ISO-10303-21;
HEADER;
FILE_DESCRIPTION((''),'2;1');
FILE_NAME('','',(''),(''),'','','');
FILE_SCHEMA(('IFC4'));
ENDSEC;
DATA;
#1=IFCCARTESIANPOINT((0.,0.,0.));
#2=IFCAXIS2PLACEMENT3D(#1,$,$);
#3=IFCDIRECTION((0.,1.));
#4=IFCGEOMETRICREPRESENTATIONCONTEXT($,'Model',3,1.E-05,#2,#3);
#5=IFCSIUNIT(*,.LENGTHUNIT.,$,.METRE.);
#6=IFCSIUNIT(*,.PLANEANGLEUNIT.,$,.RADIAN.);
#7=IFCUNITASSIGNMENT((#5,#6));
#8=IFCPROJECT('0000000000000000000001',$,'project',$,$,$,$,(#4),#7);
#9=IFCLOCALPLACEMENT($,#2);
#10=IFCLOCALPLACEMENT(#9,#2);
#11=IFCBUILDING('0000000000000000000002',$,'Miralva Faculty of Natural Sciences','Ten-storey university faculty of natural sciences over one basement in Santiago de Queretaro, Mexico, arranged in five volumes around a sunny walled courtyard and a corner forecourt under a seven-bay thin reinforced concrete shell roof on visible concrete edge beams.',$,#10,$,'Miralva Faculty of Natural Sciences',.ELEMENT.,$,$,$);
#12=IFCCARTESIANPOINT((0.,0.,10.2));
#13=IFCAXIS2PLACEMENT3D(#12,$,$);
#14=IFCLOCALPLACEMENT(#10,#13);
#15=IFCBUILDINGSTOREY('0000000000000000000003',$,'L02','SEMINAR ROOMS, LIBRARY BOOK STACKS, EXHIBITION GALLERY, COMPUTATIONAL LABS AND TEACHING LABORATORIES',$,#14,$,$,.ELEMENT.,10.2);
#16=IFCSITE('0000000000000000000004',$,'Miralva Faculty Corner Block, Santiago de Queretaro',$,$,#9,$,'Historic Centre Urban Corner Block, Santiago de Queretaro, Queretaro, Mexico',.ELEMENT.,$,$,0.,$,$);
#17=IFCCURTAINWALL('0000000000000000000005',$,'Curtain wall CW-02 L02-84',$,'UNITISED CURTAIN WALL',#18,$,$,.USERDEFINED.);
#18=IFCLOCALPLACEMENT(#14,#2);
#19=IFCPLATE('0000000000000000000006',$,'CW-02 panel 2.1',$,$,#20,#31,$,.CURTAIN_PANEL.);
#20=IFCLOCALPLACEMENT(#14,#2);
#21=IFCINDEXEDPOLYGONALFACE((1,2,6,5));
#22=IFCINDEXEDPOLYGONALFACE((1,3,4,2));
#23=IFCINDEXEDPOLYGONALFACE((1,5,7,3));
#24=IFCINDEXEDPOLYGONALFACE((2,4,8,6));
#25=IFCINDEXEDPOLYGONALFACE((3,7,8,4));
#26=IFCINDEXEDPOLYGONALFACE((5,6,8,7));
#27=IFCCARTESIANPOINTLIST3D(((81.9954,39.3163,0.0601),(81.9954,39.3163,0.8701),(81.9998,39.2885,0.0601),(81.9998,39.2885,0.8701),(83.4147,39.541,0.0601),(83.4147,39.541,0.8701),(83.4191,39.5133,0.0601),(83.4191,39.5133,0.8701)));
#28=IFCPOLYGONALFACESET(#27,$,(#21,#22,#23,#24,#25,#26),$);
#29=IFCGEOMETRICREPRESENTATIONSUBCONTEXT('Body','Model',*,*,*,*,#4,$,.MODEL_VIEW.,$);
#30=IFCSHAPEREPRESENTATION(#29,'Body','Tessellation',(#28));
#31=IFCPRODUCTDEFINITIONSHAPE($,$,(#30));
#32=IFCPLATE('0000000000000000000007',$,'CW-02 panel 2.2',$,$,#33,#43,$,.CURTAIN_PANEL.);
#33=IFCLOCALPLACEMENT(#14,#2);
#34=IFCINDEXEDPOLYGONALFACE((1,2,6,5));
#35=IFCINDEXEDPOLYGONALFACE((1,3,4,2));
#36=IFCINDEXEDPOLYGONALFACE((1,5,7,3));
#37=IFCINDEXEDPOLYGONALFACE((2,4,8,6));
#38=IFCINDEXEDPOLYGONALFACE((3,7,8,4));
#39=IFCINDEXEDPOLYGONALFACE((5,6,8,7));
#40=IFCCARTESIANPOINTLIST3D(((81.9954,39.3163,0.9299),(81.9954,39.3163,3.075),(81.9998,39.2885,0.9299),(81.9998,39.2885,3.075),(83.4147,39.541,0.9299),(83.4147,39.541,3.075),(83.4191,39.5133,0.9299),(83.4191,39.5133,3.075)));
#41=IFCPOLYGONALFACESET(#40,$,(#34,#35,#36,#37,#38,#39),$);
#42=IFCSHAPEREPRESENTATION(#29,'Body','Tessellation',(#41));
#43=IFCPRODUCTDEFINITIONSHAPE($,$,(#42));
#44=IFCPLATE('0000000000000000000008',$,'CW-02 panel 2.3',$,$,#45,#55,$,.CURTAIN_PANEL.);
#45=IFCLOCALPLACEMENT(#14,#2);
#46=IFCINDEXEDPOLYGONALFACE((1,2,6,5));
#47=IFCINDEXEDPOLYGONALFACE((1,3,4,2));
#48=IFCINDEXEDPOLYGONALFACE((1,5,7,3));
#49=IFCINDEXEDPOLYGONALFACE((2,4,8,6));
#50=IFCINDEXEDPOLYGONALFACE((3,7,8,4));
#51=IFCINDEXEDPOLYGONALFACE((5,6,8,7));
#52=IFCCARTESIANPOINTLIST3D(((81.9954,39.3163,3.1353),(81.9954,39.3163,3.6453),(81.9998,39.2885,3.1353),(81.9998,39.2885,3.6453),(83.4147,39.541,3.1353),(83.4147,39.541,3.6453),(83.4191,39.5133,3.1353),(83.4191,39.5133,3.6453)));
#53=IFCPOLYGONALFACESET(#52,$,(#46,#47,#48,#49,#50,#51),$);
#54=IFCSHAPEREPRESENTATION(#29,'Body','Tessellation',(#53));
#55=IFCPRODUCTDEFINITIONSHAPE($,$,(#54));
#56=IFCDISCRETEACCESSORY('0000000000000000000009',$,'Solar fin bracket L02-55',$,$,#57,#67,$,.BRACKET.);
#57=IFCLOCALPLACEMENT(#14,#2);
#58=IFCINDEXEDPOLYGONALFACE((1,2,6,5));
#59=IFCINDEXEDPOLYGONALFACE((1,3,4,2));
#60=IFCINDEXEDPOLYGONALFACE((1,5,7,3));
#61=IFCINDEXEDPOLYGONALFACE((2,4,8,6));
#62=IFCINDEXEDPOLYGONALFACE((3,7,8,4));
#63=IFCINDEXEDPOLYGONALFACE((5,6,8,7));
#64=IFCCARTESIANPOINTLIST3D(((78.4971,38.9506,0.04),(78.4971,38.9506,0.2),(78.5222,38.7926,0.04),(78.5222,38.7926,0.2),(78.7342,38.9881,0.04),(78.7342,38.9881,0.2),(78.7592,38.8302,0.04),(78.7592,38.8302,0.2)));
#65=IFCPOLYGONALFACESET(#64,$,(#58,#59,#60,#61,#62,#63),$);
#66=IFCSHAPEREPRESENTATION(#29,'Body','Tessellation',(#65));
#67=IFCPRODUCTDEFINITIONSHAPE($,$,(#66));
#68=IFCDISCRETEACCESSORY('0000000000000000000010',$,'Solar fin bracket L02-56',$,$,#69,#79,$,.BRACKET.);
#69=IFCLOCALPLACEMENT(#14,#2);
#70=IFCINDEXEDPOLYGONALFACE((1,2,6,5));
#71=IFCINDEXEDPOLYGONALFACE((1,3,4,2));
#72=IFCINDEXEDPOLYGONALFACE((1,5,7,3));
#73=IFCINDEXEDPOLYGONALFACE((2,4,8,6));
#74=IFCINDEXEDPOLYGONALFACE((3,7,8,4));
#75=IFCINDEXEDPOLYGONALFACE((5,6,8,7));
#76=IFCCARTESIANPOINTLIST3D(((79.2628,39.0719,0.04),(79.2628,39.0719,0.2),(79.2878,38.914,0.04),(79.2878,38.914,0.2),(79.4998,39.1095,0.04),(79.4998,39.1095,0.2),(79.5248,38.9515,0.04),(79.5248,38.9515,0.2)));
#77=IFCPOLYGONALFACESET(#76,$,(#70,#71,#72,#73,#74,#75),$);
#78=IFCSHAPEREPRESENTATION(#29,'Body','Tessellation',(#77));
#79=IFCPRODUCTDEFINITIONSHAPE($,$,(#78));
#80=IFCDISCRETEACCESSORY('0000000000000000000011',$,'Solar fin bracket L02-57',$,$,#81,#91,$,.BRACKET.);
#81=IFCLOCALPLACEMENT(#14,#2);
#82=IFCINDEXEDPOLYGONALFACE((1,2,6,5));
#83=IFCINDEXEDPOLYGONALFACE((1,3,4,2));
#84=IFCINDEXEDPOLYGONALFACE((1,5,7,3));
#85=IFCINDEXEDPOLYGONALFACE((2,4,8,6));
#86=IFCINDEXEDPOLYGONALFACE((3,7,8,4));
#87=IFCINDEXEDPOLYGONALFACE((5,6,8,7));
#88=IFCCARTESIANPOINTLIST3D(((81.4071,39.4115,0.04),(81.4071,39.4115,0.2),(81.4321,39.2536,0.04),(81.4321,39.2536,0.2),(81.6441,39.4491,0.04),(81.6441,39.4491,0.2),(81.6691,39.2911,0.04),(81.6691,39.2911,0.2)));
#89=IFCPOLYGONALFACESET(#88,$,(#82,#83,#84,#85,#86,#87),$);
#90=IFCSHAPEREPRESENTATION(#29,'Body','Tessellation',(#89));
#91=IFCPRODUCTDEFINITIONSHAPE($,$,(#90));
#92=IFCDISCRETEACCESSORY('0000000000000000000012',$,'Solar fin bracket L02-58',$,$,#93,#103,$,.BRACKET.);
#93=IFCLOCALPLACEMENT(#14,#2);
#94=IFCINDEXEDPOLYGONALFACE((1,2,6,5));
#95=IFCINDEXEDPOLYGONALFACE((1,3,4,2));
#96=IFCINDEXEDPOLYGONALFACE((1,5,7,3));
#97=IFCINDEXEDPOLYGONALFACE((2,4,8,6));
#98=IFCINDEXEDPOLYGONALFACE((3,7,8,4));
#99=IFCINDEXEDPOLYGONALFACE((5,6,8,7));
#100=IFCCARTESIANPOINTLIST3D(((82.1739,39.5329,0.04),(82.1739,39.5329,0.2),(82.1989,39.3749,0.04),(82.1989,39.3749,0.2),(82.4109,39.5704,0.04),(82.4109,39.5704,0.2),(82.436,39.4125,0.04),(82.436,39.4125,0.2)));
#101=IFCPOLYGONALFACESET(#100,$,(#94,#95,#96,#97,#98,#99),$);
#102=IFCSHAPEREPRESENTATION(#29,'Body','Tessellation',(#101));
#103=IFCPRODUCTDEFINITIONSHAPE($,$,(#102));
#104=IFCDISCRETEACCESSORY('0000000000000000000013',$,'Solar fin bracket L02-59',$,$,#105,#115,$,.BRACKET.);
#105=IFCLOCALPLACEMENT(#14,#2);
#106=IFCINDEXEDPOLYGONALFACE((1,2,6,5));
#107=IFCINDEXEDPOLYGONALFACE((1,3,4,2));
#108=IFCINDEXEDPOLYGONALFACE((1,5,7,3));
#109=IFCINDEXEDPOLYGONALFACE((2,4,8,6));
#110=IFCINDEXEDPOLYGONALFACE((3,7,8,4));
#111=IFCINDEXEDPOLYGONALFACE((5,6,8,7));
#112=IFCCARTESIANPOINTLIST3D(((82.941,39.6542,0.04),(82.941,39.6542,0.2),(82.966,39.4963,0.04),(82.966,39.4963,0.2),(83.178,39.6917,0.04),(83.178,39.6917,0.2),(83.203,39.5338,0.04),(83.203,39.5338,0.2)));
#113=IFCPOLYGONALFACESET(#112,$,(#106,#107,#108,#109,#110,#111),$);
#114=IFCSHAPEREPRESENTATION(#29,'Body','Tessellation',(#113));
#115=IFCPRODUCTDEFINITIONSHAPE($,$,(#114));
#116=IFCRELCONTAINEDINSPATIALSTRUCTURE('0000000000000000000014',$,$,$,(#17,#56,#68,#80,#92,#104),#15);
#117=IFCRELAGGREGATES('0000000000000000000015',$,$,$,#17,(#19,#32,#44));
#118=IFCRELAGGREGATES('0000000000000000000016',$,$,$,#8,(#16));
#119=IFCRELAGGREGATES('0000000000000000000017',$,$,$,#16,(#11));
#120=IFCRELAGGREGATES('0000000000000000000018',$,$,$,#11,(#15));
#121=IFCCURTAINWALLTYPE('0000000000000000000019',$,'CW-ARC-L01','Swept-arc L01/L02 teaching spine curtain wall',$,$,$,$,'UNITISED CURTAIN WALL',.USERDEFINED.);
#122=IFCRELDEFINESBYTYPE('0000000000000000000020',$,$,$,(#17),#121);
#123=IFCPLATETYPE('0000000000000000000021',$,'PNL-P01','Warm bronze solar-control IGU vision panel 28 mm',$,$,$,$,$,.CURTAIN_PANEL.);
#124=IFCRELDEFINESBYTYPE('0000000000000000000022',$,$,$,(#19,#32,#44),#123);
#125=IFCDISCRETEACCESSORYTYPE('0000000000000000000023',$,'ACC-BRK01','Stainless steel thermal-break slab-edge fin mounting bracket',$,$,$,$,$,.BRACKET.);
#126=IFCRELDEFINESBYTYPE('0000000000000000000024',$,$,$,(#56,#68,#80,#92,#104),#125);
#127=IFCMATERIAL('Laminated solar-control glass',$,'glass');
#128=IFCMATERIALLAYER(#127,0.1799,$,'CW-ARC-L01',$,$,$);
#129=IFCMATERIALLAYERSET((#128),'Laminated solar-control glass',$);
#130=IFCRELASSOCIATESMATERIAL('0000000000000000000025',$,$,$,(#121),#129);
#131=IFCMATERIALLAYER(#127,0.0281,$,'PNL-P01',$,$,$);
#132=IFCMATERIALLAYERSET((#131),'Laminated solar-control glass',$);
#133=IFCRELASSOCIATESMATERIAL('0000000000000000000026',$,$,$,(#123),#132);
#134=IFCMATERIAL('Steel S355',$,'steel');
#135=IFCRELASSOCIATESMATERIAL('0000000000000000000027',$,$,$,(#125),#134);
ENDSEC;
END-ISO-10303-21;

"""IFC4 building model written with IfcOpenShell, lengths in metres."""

from ifc_helpers import new_model, si_unit, direction, frame, origin, origin_2d, place, context, subcontext, project, spatial, rectangle, extrude, material, layer, layer_set, type_object, element, aggregate, save


model = new_model("IFC4")

# Units and contexts
model_context = context("Model", 3, precision=1e-05, world=origin(), true_north=direction((0.0, 1.0)))
body_context = subcontext(model_context, "Body", "Model", "MODEL_VIEW")
ifc_project = project(units=[si_unit("LENGTHUNIT", "METRE"), si_unit("PLANEANGLEUNIT", "RADIAN")], contexts=[model_context])

# Site, building, storey
site_placement = place(None, origin())
site = spatial("IfcSite", under=ifc_project, at=site_placement, Name="Miralva Faculty Corner Block, Santiago de Queretaro", LongName="Historic Centre Urban Corner Block, Santiago de Queretaro, Queretaro, Mexico", CompositionType="ELEMENT", RefElevation=0.0)
building_placement = place(site_placement, origin())
building = spatial("IfcBuilding", under=site, at=building_placement, Name="Miralva Faculty of Natural Sciences", Description="Ten-storey university faculty of natural sciences over one basement in Santiago de Queretaro, Mexico, arranged in five volumes around a sunny walled courtyard and a corner forecourt under a seven-bay thin reinforced concrete shell roof on visible concrete edge beams.", LongName="Miralva Faculty of Natural Sciences", CompositionType="ELEMENT")
storey_placement = place(building_placement, frame((0.0, 0.0, 10.2)))
storey = spatial("IfcBuildingStorey", under=building, at=storey_placement, Name="L02", Description="SEMINAR ROOMS, LIBRARY BOOK STACKS, EXHIBITION GALLERY, COMPUTATIONAL LABS AND TEACHING LABORATORIES", CompositionType="ELEMENT", Elevation=10.2)

# Shared definitions
ifc_material_1 = material(Name="Laminated solar-control glass", Category="glass")
ifc_layer_1 = layer(ifc_material_1, 0.1799, Name="CW-ARC-L01")
ifc_layer_set_1 = layer_set([ifc_layer_1], Name="Laminated solar-control glass")
curtain_wall_type = type_object("IfcCurtainWallType", Name="CW-ARC-L01", Description="Swept-arc L01/L02 teaching spine curtain wall", ElementType="UNITISED CURTAIN WALL", PredefinedType="USERDEFINED", material=ifc_layer_set_1)

# Curtain wall
curtain_wall_1_placement = place(storey_placement, origin())
curtain_wall_1 = element("IfcCurtainWall", 1, at=curtain_wall_1_placement, inside=storey, type_object=curtain_wall_type, Name="Curtain wall CW-02 L02-84", ObjectType="UNITISED CURTAIN WALL", PredefinedType="USERDEFINED")

# Plates
ifc_layer_2 = layer(ifc_material_1, 0.0281, Name="PNL-P01")
ifc_layer_set_2 = layer_set([ifc_layer_2], Name="Laminated solar-control glass")
plate_type = type_object("IfcPlateType", Name="PNL-P01", Description="Warm bronze solar-control IGU vision panel 28 mm", PredefinedType="CURTAIN_PANEL", material=ifc_layer_set_2)
plate_1_placement = place(storey_placement, frame((82.7073, 39.4148, 0.0601), z_axis=(0.0, 0.0, 1.0), x_axis=(0.987691, 0.156415, 0.0)))
plate_1 = element("IfcPlate", 2, at=plate_1_placement, type_object=plate_type, Name="CW-02 panel 2.1", PredefinedType="CURTAIN_PANEL", context=body_context, shape_type="SweptSolid", body=[
    extrude(rectangle(XDim=1.437, YDim=0.0281, at=origin_2d()), origin(), (0.0, 0.0, 1.0), 0.8101),
])
plate_2_placement = place(storey_placement, frame((82.7073, 39.4148, 0.9299), z_axis=(0.0, 0.0, 1.0), x_axis=(0.987691, 0.156415, 0.0)))
plate_2 = element("IfcPlate", 3, at=plate_2_placement, type_object=plate_type, Name="CW-02 panel 2.2", PredefinedType="CURTAIN_PANEL", context=body_context, shape_type="SweptSolid", body=[
    extrude(rectangle(XDim=1.437, YDim=0.0281, at=origin_2d()), origin(), (0.0, 0.0, 1.0), 2.145),
])
plate_3_placement = place(storey_placement, frame((82.7073, 39.4148, 3.1353), z_axis=(0.0, 0.0, 1.0), x_axis=(0.987691, 0.156415, 0.0)))
plate_3 = element("IfcPlate", 4, at=plate_3_placement, type_object=plate_type, Name="CW-02 panel 2.3", PredefinedType="CURTAIN_PANEL", context=body_context, shape_type="SweptSolid", body=[
    extrude(rectangle(XDim=1.437, YDim=0.0281, at=origin_2d()), origin(), (0.0, 0.0, 1.0), 0.51),
])
aggregate(curtain_wall_1, [plate_1, plate_2, plate_3])

# Discrete accessories
ifc_material_2 = material(Name="Steel S355", Category="steel")
discrete_accessory_type = type_object("IfcDiscreteAccessoryType", Name="ACC-BRK01", Description="Stainless steel thermal-break slab-edge fin mounting bracket", PredefinedType="BRACKET", material=ifc_material_2)
for number, where, z_axis, x_axis, name in (
    (5, (78.6282, 38.8904, 0.04), (0.0, 0.0, 1.0), (-0.156434, 0.987688, 0.0), "Solar fin bracket L02-55"),
    (6, (79.3938, 39.0117, 0.04), (0.0, 0.0, 1.0), (-0.156434, 0.987688, 0.0), "Solar fin bracket L02-56"),
    (7, (81.5381, 39.3513, 0.04), (0.0, 0.0, 1.0), (-0.156434, 0.987688, 0.0), "Solar fin bracket L02-57"),
    (8, (82.3049, 39.4727, 0.04), (0.0, 0.0, 1.0), (-0.156434, 0.987688, 0.0), "Solar fin bracket L02-58"),
    (9, (83.072, 39.594, 0.04), (0.0, 0.0, 1.0), (-0.156434, 0.987688, 0.0), "Solar fin bracket L02-59"),
):
    element("IfcDiscreteAccessory", number, at=place(storey_placement, frame(where, z_axis=z_axis, x_axis=x_axis)), inside=storey, type_object=discrete_accessory_type, Name=name, PredefinedType="BRACKET", context=body_context, shape_type="SweptSolid", body=[
        extrude(rectangle(XDim=0.1599, YDim=0.24, at=origin_2d()), origin(), (0.0, 0.0, 1.0), 0.1599),
    ])

save(model, "model.ifc")
